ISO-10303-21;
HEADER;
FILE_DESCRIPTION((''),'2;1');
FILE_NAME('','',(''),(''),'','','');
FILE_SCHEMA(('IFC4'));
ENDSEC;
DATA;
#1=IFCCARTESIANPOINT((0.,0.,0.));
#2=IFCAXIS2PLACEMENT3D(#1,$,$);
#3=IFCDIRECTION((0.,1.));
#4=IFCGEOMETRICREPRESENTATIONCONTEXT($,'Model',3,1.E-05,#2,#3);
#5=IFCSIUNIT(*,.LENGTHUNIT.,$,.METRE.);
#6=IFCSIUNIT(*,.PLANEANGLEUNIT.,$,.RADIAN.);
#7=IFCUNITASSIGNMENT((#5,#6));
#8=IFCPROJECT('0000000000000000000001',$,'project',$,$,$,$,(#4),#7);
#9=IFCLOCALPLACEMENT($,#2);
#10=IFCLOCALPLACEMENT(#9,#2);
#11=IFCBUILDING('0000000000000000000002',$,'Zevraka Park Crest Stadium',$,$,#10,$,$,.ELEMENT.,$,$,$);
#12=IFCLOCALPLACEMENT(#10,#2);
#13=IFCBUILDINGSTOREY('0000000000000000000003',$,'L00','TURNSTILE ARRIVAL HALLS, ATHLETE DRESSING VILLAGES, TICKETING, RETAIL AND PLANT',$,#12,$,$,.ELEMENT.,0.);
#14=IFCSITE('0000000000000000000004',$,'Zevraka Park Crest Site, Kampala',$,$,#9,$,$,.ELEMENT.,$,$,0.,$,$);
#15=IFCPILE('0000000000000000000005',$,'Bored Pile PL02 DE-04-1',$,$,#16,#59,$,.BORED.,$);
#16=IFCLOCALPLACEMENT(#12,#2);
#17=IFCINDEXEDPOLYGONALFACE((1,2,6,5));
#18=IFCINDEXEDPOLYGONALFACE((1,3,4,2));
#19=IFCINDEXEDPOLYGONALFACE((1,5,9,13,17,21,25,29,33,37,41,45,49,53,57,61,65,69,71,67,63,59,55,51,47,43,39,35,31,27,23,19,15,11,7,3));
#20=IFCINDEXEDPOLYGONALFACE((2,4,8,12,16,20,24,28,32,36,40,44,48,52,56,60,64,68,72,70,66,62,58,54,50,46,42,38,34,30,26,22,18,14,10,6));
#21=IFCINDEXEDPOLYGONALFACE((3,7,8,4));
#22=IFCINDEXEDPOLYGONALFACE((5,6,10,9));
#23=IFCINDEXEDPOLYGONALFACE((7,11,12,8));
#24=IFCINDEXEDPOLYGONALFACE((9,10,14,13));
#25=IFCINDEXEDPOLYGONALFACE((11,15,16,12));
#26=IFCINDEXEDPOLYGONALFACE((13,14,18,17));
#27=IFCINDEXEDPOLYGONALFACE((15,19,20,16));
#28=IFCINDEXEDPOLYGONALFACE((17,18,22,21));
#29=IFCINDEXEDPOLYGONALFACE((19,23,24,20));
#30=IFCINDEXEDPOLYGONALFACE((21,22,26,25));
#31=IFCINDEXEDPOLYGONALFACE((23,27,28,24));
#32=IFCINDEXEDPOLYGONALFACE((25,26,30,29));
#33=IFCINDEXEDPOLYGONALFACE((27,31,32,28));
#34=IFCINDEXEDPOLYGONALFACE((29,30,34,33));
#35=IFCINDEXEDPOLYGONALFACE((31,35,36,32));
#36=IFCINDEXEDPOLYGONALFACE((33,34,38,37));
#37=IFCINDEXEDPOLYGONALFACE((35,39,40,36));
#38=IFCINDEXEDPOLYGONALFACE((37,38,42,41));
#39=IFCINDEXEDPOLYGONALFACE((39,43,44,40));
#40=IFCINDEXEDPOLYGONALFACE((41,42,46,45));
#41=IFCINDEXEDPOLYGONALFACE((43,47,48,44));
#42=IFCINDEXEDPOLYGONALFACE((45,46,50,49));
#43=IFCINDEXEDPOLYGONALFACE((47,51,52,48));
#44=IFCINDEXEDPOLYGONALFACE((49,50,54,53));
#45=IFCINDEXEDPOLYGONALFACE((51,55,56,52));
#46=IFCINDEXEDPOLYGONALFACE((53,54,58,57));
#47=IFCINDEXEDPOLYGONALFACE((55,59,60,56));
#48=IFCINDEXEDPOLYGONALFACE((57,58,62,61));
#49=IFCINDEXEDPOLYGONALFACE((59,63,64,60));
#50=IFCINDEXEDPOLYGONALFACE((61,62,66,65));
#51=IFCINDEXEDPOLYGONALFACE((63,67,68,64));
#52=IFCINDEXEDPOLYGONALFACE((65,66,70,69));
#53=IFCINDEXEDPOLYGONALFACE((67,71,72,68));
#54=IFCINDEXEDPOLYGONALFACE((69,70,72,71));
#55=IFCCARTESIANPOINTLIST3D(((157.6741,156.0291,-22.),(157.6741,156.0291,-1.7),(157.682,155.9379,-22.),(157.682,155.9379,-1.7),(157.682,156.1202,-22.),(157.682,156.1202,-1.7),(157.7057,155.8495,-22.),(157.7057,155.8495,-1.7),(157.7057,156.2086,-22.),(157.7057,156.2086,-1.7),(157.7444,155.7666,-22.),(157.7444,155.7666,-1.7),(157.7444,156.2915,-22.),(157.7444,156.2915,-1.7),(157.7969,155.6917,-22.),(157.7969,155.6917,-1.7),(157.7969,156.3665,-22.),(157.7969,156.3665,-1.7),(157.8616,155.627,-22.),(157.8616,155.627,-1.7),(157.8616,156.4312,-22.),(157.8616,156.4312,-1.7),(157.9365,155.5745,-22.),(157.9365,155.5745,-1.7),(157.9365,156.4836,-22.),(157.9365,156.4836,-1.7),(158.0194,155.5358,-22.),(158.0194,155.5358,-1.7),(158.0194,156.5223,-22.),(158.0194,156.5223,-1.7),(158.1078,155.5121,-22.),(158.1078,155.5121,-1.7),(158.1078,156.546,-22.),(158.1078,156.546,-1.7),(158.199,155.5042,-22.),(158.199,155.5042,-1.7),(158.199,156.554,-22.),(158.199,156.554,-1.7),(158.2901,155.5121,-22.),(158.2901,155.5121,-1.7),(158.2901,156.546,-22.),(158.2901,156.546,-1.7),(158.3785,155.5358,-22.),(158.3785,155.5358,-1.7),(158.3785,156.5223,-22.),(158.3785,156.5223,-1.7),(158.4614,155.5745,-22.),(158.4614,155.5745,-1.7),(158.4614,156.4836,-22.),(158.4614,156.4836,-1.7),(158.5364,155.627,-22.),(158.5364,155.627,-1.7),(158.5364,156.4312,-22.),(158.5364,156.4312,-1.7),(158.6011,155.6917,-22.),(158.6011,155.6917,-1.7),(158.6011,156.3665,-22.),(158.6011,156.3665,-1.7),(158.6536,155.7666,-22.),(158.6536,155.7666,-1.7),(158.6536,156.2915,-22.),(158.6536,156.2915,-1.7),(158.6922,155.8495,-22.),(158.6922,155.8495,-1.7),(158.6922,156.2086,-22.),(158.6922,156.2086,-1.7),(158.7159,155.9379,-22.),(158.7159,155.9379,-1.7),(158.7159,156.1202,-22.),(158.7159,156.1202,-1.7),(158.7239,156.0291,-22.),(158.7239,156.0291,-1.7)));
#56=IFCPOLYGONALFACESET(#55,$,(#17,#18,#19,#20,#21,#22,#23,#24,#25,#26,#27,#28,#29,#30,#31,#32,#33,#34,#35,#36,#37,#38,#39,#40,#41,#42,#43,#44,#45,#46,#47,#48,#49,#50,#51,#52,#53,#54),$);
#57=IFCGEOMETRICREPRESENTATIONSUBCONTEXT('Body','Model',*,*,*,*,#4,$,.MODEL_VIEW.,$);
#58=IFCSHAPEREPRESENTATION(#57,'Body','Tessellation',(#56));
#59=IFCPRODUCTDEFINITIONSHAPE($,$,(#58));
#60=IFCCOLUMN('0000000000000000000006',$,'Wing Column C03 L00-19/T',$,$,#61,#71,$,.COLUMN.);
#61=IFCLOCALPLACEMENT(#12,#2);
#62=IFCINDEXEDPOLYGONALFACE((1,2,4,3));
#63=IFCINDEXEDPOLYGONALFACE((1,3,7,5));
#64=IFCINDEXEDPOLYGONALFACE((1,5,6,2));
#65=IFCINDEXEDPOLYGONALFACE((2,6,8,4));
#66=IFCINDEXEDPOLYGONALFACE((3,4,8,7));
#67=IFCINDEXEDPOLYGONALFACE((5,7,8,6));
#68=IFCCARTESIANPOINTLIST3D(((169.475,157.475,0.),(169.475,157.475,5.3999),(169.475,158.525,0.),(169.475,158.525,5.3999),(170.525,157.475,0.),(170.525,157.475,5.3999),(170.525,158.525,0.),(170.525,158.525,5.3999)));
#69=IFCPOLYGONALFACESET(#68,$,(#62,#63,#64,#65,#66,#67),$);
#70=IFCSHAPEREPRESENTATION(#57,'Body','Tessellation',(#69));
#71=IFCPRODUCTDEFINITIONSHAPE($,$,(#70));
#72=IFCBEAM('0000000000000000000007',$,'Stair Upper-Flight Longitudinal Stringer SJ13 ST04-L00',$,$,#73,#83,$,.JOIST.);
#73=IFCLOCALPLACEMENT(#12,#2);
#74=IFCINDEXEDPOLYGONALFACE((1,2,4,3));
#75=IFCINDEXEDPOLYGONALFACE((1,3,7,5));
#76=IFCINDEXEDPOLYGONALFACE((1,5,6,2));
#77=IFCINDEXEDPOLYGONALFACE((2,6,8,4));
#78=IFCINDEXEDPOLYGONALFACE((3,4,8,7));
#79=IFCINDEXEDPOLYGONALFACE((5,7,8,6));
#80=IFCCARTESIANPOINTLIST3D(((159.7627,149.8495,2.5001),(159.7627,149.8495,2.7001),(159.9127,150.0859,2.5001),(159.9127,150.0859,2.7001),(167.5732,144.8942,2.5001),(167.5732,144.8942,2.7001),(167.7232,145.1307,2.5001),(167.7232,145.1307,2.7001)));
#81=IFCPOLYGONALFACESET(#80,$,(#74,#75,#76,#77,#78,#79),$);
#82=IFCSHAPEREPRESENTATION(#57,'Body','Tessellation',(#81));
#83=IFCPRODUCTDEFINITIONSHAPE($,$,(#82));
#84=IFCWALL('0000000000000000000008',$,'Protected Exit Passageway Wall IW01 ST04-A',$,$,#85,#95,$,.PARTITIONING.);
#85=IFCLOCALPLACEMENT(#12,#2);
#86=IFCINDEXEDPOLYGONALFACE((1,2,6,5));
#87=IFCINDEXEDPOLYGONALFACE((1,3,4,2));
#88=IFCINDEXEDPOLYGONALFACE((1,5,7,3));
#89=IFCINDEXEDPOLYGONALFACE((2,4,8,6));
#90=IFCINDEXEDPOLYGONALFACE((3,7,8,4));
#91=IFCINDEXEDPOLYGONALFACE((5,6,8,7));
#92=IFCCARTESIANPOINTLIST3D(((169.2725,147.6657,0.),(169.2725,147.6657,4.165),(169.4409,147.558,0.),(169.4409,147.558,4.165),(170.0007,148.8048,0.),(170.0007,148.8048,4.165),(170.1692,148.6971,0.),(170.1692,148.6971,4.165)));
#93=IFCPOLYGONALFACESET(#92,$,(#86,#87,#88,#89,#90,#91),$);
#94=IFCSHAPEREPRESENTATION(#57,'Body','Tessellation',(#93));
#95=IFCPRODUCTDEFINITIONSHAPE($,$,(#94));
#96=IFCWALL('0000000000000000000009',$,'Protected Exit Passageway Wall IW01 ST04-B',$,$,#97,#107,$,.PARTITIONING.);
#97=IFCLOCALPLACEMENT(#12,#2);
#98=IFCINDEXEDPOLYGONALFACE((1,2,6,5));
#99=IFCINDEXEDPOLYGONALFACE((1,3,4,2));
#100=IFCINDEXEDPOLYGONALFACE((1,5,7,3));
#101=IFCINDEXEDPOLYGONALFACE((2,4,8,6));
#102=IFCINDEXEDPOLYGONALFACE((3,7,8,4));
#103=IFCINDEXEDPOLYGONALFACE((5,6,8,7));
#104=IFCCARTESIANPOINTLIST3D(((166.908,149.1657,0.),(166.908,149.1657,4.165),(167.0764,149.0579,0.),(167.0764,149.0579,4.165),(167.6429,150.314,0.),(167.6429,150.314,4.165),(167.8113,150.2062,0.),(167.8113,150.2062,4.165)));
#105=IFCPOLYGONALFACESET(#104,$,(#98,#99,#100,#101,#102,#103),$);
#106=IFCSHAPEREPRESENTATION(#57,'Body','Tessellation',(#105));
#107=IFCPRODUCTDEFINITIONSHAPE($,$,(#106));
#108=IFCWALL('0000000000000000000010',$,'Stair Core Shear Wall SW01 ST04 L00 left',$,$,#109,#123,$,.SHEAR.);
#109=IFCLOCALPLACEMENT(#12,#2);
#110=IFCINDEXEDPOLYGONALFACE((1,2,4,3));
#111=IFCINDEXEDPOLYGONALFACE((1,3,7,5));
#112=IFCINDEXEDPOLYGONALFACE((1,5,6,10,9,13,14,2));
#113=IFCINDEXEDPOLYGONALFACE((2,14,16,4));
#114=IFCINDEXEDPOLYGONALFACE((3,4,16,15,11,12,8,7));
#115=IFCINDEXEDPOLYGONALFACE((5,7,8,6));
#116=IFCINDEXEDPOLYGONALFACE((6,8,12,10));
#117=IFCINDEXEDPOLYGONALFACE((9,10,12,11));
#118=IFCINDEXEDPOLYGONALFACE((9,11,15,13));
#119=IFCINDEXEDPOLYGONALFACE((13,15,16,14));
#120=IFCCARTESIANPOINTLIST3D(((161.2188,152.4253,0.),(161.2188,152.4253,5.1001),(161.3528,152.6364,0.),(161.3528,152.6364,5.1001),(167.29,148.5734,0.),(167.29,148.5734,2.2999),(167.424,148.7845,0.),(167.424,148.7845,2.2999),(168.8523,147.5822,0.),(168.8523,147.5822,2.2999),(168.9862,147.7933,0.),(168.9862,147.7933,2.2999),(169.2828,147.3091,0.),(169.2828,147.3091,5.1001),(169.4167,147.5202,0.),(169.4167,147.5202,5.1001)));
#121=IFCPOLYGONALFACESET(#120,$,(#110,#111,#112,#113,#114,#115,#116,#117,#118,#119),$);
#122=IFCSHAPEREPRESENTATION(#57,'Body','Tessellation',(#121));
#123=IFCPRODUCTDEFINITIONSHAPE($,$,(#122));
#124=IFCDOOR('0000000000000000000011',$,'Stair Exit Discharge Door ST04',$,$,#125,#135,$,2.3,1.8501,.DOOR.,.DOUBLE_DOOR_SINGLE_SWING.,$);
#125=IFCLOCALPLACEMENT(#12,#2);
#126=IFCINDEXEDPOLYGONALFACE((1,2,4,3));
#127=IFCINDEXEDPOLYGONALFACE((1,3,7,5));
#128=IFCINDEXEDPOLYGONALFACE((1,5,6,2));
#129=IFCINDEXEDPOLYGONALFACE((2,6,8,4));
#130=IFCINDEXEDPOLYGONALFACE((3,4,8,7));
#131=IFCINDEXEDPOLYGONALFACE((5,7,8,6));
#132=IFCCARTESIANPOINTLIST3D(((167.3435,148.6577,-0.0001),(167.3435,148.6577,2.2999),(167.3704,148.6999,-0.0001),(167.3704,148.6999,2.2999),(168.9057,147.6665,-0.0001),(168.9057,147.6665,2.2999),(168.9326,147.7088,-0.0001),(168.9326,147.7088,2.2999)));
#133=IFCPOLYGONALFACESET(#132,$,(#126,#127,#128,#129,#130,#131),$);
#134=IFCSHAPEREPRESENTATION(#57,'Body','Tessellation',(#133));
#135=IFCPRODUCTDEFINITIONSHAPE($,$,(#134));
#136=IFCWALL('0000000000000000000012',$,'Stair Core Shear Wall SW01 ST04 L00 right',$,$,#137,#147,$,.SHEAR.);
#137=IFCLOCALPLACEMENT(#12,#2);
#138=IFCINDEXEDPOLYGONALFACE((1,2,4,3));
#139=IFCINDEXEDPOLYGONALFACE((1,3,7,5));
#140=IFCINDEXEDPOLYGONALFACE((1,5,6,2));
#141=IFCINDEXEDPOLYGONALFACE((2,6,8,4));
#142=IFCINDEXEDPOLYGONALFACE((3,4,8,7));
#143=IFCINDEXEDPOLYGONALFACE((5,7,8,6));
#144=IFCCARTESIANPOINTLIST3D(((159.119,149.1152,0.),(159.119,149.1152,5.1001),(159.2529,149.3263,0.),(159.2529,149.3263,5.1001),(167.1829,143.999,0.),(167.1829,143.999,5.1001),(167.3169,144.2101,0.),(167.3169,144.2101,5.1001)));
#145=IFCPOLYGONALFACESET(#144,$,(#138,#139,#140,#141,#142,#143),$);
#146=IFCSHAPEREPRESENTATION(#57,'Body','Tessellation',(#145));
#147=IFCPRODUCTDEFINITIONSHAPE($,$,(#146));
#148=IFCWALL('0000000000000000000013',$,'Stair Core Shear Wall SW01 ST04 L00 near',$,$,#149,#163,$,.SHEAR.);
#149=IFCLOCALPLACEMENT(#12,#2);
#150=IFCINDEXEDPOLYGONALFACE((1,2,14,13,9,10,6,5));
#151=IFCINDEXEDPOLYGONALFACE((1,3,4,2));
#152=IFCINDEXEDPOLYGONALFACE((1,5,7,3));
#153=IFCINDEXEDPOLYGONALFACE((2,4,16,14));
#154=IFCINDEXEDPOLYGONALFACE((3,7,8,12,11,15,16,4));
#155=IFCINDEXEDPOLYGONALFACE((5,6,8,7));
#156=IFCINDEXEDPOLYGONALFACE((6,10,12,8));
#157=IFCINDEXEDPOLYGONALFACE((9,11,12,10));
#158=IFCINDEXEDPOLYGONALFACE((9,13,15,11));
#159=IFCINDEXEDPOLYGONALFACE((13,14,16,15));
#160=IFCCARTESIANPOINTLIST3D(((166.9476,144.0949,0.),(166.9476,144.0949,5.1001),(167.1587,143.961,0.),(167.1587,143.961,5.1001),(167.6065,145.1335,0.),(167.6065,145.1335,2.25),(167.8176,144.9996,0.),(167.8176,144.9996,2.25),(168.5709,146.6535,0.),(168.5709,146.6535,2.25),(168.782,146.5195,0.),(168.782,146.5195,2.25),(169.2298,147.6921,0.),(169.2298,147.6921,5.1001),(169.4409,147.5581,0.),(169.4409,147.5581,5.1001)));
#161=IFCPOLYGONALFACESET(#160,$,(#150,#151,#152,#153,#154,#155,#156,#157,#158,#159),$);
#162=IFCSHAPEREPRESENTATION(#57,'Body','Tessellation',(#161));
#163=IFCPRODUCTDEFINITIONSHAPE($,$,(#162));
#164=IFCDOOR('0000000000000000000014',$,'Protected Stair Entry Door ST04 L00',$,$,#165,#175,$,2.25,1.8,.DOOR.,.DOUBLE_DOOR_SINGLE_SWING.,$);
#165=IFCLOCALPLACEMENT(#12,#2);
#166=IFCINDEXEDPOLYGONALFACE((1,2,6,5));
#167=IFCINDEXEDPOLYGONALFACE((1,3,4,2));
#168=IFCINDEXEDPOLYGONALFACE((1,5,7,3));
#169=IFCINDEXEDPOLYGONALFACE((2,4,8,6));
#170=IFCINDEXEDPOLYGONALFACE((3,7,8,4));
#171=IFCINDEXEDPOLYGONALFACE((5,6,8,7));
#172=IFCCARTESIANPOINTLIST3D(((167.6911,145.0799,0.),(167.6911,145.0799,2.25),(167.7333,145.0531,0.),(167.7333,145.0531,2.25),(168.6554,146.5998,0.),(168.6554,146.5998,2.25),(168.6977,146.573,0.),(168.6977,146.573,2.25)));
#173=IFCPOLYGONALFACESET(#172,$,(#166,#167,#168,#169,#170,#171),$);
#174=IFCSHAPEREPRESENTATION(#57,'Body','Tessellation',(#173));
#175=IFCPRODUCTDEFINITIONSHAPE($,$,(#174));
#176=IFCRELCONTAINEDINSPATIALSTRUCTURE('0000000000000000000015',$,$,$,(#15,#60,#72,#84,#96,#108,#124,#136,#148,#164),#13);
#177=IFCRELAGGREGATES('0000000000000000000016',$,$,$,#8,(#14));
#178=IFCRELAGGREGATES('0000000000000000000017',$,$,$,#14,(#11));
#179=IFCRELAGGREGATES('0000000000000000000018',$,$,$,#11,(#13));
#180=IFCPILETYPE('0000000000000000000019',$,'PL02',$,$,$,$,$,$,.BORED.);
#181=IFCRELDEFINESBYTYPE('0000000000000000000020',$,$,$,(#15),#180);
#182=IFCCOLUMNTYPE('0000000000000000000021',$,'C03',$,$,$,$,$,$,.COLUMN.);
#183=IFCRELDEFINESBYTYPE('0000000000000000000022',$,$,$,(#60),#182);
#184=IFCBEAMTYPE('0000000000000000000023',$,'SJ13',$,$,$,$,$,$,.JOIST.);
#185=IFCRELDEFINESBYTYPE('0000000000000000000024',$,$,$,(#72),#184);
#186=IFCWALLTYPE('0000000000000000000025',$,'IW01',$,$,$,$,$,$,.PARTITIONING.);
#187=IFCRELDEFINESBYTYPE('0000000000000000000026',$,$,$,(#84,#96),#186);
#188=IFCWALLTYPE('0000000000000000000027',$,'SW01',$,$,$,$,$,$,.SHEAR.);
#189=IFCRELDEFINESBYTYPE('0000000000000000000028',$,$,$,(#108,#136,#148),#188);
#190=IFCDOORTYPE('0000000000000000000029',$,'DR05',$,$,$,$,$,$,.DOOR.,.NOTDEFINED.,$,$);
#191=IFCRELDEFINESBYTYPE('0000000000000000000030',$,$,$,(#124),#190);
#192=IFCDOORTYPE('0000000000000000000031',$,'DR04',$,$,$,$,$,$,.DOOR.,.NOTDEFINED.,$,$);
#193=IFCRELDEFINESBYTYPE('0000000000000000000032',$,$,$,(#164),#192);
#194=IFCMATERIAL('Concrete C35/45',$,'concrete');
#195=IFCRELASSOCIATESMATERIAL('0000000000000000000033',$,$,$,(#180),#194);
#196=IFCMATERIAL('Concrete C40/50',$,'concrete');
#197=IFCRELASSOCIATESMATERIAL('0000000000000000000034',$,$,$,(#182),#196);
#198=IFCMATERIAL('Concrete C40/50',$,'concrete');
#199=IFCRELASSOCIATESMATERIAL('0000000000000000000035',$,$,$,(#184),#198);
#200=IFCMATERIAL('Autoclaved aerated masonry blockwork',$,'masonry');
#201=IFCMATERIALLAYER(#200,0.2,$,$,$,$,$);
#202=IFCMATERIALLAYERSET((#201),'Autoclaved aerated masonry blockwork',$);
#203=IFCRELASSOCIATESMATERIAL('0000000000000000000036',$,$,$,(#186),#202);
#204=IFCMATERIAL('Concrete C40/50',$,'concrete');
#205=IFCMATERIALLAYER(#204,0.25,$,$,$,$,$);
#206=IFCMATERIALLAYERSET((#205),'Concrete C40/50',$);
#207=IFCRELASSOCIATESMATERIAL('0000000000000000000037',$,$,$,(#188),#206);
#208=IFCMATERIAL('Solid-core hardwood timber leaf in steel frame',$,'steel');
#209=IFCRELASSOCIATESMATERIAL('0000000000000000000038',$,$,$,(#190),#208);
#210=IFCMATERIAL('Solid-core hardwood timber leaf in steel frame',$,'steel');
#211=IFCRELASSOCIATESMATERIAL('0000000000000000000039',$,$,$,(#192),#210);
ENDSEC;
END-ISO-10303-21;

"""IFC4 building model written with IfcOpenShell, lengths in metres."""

from ifc_helpers import new_model, si_unit, direction, frame, frame_2d, origin, origin_2d, place, context, subcontext, project, spatial, rectangle, circle, extrude, material, layer, layer_set, material_profile, profile_set, type_object, element, fill, save


model = new_model("IFC4")

# Units and contexts
model_context = context("Model", 3, precision=1e-05, world=origin(), true_north=direction((0.0, 1.0)))
body_context = subcontext(model_context, "Body", "Model", "MODEL_VIEW")
ifc_project = project(units=[si_unit("LENGTHUNIT", "METRE"), si_unit("PLANEANGLEUNIT", "RADIAN")], contexts=[model_context])

# Site, building, storey
site_placement = place(None, origin())
site = spatial("IfcSite", under=ifc_project, at=site_placement, Name="Zevraka Park Crest Site, Kampala", CompositionType="ELEMENT", RefElevation=0.0)
building_placement = place(site_placement, origin())
building = spatial("IfcBuilding", under=site, at=building_placement, Name="Zevraka Park Crest Stadium", CompositionType="ELEMENT")
storey_placement = place(building_placement, origin())
storey = spatial("IfcBuildingStorey", under=building, at=storey_placement, Name="L00", Description="TURNSTILE ARRIVAL HALLS, ATHLETE DRESSING VILLAGES, TICKETING, RETAIL AND PLANT", CompositionType="ELEMENT", Elevation=0.0)

# Pile
ifc_material_1 = material(Name="Concrete C35/45", Category="concrete")
ifc_material_profile_1 = material_profile(ifc_material_1, circle(Radius=0.5249, at=origin_2d()), Name="PILE D1050")
ifc_profile_set_1 = profile_set([ifc_material_profile_1], Name="Concrete C35/45")
pile_type_1 = type_object("IfcPileType", Name="PL02", PredefinedType="BORED", material=ifc_profile_set_1)
pile_placement = place(storey_placement, frame((158.199, 156.0291, -1.7), z_axis=(0.0, 0.0, -1.0), x_axis=(1.0, 0.0, 0.0)))
element("IfcPile", 1, at=pile_placement, inside=storey, type_object=pile_type_1, Name="Bored Pile PL02 DE-04-1", PredefinedType="BORED", context=body_context, shape_type="SweptSolid", body=[
    extrude(circle(Radius=0.5249, at=origin_2d()), origin(), (0.0, 0.0, 1.0), 20.3),
])

# Column
ifc_material_2 = material(Name="Concrete C40/50", Category="concrete")
ifc_material_profile_2 = material_profile(ifc_material_2, rectangle(XDim=1.05, YDim=1.05, at=origin_2d()), Name="RC 1050x1050")
ifc_profile_set_2 = profile_set([ifc_material_profile_2], Name="Concrete C40/50")
column_type = type_object("IfcColumnType", Name="C03", PredefinedType="COLUMN", material=ifc_profile_set_2)
column_placement = place(storey_placement, frame((170.0, 158.0, 0.0), z_axis=(0.0, 0.0, 1.0), x_axis=(1.0, 0.0, 0.0)))
element("IfcColumn", 2, at=column_placement, inside=storey, type_object=column_type, Name="Wing Column C03 L00-19/T", PredefinedType="COLUMN", context=body_context, shape_type="SweptSolid", body=[
    extrude(rectangle(XDim=1.05, YDim=1.05, at=origin_2d()), origin(), (0.0, 0.0, 1.0), 5.3999),
])

# Beam
ifc_material_3 = material(Name="Concrete C40/50", Category="concrete")
ifc_material_profile_3 = material_profile(ifc_material_3, rectangle(XDim=0.28, YDim=0.2, at=origin_2d()), Name="RC 200x280")
ifc_profile_set_3 = profile_set([ifc_material_profile_3], Name="Concrete C40/50")
beam_type = type_object("IfcBeamType", Name="SJ13", PredefinedType="JOIST", material=ifc_profile_set_3)
beam_placement = place(storey_placement, frame((167.6482, 145.0125, 2.6001), z_axis=(-0.844396, 0.535719, 0.0), x_axis=(-0.535719, -0.844396, 0.0)))
element("IfcBeam", 3, at=beam_placement, inside=storey, type_object=beam_type, Name="Stair Upper-Flight Longitudinal Stringer SJ13 ST04-L00", PredefinedType="JOIST", context=body_context, shape_type="SweptSolid", body=[
    extrude(rectangle(XDim=0.28, YDim=0.2, at=origin_2d()), origin(), (0.0, 0.0, 1.0), 9.2498),
])

# Walls
ifc_material_4 = material(Name="Autoclaved aerated masonry blockwork", Category="masonry")
ifc_layer_1 = layer(ifc_material_4, 0.2)
ifc_layer_set_1 = layer_set([ifc_layer_1], Name="Autoclaved aerated masonry blockwork")
wall_type_1 = type_object("IfcWallType", Name="IW01", PredefinedType="PARTITIONING", material=ifc_layer_set_1)
wall_1_placement = place(storey_placement, frame((169.3567, 147.6118, 0.0), z_axis=(0.0, 0.0, 1.0), x_axis=(0.538639, 0.842537, 0.0)))
element("IfcWall", 4, at=wall_1_placement, inside=storey, type_object=wall_type_1, Name="Protected Exit Passageway Wall IW01 ST04-A", PredefinedType="PARTITIONING", context=body_context, shape_type="SweptSolid", body=[
    extrude(rectangle(XDim=1.3521, YDim=0.2, at=frame_2d((0.676, 0.0))), origin(), (0.0, 0.0, 1.0), 4.165),
])
wall_2_placement = place(storey_placement, frame((166.9922, 149.1118, 0.0), z_axis=(0.0, 0.0, 1.0), x_axis=(0.539064, 0.842265, 0.0)))
element("IfcWall", 5, at=wall_2_placement, inside=storey, type_object=wall_type_1, Name="Protected Exit Passageway Wall IW01 ST04-B", PredefinedType="PARTITIONING", context=body_context, shape_type="SweptSolid", body=[
    extrude(rectangle(XDim=1.3633, YDim=0.2, at=frame_2d((0.6816, 0.0))), origin(), (0.0, 0.0, 1.0), 4.165),
])

# Wall, opening, door
ifc_material_5 = material(Name="Concrete C40/50", Category="concrete")
ifc_layer_2 = layer(ifc_material_5, 0.25)
ifc_layer_set_2 = layer_set([ifc_layer_2], Name="Concrete C40/50")
wall_type_2 = type_object("IfcWallType", Name="SW01", PredefinedType="SHEAR", material=ifc_layer_set_2)
wall_3_placement = place(storey_placement, frame((161.2859, 152.5308, 0.0), z_axis=(0.0, 0.0, 1.0), x_axis=(0.844391, -0.535727, 0.0)))
wall_3 = element("IfcWall", 6, at=wall_3_placement, inside=storey, type_object=wall_type_2, Name="Stair Core Shear Wall SW01 ST04 L00 left", PredefinedType="SHEAR", context=body_context, shape_type="SweptSolid", body=[
    extrude(rectangle(XDim=9.55, YDim=0.25, at=frame_2d((4.7749, 0.0))), origin(), (0.0, 0.0, 1.0), 5.1001),
])
opening_1_placement = place(wall_3_placement, frame((7.1899, 0.0, 0.0)))
opening_1 = element("IfcOpeningElement", 7, at=opening_1_placement, cuts=wall_3, PredefinedType="OPENING", context=body_context, shape_type="SweptSolid", body=[
    extrude(rectangle(XDim=1.8501, YDim=2.3, at=frame_2d((0.925, 1.1499))), frame((0.0, 0.135, 0.0), z_axis=(0.0, -1.0, 0.0), x_axis=(1.0, 0.0, 0.0)), (0.0, 0.0, 1.0), 0.27),
])
ifc_material_6 = material(Name="Solid-core hardwood timber leaf in steel frame", Category="steel")
door_type_1 = type_object("IfcDoorType", Name="DR05", OperationType="NOTDEFINED", PredefinedType="DOOR", material=ifc_material_6)
door_1_placement = place(opening_1_placement, origin())
door_1 = element("IfcDoor", 8, at=door_1_placement, inside=storey, type_object=door_type_1, Name="Stair Exit Discharge Door ST04", OperationType="DOUBLE_DOOR_SINGLE_SWING", OverallHeight=2.3, OverallWidth=1.8501, PredefinedType="DOOR", context=body_context, shape_type="SweptSolid", body=[
    extrude(rectangle(XDim=1.8501, YDim=2.3, at=frame_2d((0.925, 1.1499))), frame((0.0, 0.0249, 0.0), z_axis=(0.0, -1.0, 0.0), x_axis=(1.0, 0.0, 0.0)), (0.0, 0.0, 1.0), 0.05),
])
fill(opening_1, door_1)

# Wall
wall_4_placement = place(storey_placement, frame((159.186, 149.2207, 0.0), z_axis=(0.0, 0.0, 1.0), x_axis=(0.844391, -0.535727, 0.0)))
element("IfcWall", 9, at=wall_4_placement, inside=storey, type_object=wall_type_2, Name="Stair Core Shear Wall SW01 ST04 L00 right", PredefinedType="SHEAR", context=body_context, shape_type="SweptSolid", body=[
    extrude(rectangle(XDim=9.55, YDim=0.25, at=frame_2d((4.7749, 0.0))), origin(), (0.0, 0.0, 1.0), 5.1001),
])

# Wall, opening, door
wall_5_placement = place(storey_placement, frame((167.0532, 144.0281, 0.0), z_axis=(0.0, 0.0, 1.0), x_axis=(0.535725, 0.844392, 0.0)))
wall_5 = element("IfcWall", 10, at=wall_5_placement, inside=storey, type_object=wall_type_2, Name="Stair Core Shear Wall SW01 ST04 L00 near", PredefinedType="SHEAR", context=body_context, shape_type="SweptSolid", body=[
    extrude(rectangle(XDim=4.26, YDim=0.25, at=frame_2d((2.1299, 0.0))), origin(), (0.0, 0.0, 1.0), 5.1001),
])
opening_2_placement = place(wall_5_placement, frame((1.23, 0.0, 0.0)))
opening_2 = element("IfcOpeningElement", 11, at=opening_2_placement, cuts=wall_5, PredefinedType="OPENING", context=body_context, shape_type="SweptSolid", body=[
    extrude(rectangle(XDim=1.8, YDim=2.25, at=frame_2d((0.8999, 1.125))), frame((0.0, 0.135, 0.0), z_axis=(0.0, -1.0, 0.0), x_axis=(1.0, 0.0, 0.0)), (0.0, 0.0, 1.0), 0.27),
])
ifc_material_7 = material(Name="Solid-core hardwood timber leaf in steel frame", Category="steel")
door_type_2 = type_object("IfcDoorType", Name="DR04", OperationType="NOTDEFINED", PredefinedType="DOOR", material=ifc_material_7)
door_2_placement = place(opening_2_placement, origin())
door_2 = element("IfcDoor", 12, at=door_2_placement, inside=storey, type_object=door_type_2, Name="Protected Stair Entry Door ST04 L00", OperationType="DOUBLE_DOOR_SINGLE_SWING", OverallHeight=2.25, OverallWidth=1.8, PredefinedType="DOOR", context=body_context, shape_type="SweptSolid", body=[
    extrude(rectangle(XDim=1.8, YDim=2.25, at=frame_2d((0.8999, 1.125))), frame((0.0, 0.0249, 0.0), z_axis=(0.0, -1.0, 0.0), x_axis=(1.0, 0.0, 0.0)), (0.0, 0.0, 1.0), 0.05),
])
fill(opening_2, door_2)

save(model, "model.ifc")
